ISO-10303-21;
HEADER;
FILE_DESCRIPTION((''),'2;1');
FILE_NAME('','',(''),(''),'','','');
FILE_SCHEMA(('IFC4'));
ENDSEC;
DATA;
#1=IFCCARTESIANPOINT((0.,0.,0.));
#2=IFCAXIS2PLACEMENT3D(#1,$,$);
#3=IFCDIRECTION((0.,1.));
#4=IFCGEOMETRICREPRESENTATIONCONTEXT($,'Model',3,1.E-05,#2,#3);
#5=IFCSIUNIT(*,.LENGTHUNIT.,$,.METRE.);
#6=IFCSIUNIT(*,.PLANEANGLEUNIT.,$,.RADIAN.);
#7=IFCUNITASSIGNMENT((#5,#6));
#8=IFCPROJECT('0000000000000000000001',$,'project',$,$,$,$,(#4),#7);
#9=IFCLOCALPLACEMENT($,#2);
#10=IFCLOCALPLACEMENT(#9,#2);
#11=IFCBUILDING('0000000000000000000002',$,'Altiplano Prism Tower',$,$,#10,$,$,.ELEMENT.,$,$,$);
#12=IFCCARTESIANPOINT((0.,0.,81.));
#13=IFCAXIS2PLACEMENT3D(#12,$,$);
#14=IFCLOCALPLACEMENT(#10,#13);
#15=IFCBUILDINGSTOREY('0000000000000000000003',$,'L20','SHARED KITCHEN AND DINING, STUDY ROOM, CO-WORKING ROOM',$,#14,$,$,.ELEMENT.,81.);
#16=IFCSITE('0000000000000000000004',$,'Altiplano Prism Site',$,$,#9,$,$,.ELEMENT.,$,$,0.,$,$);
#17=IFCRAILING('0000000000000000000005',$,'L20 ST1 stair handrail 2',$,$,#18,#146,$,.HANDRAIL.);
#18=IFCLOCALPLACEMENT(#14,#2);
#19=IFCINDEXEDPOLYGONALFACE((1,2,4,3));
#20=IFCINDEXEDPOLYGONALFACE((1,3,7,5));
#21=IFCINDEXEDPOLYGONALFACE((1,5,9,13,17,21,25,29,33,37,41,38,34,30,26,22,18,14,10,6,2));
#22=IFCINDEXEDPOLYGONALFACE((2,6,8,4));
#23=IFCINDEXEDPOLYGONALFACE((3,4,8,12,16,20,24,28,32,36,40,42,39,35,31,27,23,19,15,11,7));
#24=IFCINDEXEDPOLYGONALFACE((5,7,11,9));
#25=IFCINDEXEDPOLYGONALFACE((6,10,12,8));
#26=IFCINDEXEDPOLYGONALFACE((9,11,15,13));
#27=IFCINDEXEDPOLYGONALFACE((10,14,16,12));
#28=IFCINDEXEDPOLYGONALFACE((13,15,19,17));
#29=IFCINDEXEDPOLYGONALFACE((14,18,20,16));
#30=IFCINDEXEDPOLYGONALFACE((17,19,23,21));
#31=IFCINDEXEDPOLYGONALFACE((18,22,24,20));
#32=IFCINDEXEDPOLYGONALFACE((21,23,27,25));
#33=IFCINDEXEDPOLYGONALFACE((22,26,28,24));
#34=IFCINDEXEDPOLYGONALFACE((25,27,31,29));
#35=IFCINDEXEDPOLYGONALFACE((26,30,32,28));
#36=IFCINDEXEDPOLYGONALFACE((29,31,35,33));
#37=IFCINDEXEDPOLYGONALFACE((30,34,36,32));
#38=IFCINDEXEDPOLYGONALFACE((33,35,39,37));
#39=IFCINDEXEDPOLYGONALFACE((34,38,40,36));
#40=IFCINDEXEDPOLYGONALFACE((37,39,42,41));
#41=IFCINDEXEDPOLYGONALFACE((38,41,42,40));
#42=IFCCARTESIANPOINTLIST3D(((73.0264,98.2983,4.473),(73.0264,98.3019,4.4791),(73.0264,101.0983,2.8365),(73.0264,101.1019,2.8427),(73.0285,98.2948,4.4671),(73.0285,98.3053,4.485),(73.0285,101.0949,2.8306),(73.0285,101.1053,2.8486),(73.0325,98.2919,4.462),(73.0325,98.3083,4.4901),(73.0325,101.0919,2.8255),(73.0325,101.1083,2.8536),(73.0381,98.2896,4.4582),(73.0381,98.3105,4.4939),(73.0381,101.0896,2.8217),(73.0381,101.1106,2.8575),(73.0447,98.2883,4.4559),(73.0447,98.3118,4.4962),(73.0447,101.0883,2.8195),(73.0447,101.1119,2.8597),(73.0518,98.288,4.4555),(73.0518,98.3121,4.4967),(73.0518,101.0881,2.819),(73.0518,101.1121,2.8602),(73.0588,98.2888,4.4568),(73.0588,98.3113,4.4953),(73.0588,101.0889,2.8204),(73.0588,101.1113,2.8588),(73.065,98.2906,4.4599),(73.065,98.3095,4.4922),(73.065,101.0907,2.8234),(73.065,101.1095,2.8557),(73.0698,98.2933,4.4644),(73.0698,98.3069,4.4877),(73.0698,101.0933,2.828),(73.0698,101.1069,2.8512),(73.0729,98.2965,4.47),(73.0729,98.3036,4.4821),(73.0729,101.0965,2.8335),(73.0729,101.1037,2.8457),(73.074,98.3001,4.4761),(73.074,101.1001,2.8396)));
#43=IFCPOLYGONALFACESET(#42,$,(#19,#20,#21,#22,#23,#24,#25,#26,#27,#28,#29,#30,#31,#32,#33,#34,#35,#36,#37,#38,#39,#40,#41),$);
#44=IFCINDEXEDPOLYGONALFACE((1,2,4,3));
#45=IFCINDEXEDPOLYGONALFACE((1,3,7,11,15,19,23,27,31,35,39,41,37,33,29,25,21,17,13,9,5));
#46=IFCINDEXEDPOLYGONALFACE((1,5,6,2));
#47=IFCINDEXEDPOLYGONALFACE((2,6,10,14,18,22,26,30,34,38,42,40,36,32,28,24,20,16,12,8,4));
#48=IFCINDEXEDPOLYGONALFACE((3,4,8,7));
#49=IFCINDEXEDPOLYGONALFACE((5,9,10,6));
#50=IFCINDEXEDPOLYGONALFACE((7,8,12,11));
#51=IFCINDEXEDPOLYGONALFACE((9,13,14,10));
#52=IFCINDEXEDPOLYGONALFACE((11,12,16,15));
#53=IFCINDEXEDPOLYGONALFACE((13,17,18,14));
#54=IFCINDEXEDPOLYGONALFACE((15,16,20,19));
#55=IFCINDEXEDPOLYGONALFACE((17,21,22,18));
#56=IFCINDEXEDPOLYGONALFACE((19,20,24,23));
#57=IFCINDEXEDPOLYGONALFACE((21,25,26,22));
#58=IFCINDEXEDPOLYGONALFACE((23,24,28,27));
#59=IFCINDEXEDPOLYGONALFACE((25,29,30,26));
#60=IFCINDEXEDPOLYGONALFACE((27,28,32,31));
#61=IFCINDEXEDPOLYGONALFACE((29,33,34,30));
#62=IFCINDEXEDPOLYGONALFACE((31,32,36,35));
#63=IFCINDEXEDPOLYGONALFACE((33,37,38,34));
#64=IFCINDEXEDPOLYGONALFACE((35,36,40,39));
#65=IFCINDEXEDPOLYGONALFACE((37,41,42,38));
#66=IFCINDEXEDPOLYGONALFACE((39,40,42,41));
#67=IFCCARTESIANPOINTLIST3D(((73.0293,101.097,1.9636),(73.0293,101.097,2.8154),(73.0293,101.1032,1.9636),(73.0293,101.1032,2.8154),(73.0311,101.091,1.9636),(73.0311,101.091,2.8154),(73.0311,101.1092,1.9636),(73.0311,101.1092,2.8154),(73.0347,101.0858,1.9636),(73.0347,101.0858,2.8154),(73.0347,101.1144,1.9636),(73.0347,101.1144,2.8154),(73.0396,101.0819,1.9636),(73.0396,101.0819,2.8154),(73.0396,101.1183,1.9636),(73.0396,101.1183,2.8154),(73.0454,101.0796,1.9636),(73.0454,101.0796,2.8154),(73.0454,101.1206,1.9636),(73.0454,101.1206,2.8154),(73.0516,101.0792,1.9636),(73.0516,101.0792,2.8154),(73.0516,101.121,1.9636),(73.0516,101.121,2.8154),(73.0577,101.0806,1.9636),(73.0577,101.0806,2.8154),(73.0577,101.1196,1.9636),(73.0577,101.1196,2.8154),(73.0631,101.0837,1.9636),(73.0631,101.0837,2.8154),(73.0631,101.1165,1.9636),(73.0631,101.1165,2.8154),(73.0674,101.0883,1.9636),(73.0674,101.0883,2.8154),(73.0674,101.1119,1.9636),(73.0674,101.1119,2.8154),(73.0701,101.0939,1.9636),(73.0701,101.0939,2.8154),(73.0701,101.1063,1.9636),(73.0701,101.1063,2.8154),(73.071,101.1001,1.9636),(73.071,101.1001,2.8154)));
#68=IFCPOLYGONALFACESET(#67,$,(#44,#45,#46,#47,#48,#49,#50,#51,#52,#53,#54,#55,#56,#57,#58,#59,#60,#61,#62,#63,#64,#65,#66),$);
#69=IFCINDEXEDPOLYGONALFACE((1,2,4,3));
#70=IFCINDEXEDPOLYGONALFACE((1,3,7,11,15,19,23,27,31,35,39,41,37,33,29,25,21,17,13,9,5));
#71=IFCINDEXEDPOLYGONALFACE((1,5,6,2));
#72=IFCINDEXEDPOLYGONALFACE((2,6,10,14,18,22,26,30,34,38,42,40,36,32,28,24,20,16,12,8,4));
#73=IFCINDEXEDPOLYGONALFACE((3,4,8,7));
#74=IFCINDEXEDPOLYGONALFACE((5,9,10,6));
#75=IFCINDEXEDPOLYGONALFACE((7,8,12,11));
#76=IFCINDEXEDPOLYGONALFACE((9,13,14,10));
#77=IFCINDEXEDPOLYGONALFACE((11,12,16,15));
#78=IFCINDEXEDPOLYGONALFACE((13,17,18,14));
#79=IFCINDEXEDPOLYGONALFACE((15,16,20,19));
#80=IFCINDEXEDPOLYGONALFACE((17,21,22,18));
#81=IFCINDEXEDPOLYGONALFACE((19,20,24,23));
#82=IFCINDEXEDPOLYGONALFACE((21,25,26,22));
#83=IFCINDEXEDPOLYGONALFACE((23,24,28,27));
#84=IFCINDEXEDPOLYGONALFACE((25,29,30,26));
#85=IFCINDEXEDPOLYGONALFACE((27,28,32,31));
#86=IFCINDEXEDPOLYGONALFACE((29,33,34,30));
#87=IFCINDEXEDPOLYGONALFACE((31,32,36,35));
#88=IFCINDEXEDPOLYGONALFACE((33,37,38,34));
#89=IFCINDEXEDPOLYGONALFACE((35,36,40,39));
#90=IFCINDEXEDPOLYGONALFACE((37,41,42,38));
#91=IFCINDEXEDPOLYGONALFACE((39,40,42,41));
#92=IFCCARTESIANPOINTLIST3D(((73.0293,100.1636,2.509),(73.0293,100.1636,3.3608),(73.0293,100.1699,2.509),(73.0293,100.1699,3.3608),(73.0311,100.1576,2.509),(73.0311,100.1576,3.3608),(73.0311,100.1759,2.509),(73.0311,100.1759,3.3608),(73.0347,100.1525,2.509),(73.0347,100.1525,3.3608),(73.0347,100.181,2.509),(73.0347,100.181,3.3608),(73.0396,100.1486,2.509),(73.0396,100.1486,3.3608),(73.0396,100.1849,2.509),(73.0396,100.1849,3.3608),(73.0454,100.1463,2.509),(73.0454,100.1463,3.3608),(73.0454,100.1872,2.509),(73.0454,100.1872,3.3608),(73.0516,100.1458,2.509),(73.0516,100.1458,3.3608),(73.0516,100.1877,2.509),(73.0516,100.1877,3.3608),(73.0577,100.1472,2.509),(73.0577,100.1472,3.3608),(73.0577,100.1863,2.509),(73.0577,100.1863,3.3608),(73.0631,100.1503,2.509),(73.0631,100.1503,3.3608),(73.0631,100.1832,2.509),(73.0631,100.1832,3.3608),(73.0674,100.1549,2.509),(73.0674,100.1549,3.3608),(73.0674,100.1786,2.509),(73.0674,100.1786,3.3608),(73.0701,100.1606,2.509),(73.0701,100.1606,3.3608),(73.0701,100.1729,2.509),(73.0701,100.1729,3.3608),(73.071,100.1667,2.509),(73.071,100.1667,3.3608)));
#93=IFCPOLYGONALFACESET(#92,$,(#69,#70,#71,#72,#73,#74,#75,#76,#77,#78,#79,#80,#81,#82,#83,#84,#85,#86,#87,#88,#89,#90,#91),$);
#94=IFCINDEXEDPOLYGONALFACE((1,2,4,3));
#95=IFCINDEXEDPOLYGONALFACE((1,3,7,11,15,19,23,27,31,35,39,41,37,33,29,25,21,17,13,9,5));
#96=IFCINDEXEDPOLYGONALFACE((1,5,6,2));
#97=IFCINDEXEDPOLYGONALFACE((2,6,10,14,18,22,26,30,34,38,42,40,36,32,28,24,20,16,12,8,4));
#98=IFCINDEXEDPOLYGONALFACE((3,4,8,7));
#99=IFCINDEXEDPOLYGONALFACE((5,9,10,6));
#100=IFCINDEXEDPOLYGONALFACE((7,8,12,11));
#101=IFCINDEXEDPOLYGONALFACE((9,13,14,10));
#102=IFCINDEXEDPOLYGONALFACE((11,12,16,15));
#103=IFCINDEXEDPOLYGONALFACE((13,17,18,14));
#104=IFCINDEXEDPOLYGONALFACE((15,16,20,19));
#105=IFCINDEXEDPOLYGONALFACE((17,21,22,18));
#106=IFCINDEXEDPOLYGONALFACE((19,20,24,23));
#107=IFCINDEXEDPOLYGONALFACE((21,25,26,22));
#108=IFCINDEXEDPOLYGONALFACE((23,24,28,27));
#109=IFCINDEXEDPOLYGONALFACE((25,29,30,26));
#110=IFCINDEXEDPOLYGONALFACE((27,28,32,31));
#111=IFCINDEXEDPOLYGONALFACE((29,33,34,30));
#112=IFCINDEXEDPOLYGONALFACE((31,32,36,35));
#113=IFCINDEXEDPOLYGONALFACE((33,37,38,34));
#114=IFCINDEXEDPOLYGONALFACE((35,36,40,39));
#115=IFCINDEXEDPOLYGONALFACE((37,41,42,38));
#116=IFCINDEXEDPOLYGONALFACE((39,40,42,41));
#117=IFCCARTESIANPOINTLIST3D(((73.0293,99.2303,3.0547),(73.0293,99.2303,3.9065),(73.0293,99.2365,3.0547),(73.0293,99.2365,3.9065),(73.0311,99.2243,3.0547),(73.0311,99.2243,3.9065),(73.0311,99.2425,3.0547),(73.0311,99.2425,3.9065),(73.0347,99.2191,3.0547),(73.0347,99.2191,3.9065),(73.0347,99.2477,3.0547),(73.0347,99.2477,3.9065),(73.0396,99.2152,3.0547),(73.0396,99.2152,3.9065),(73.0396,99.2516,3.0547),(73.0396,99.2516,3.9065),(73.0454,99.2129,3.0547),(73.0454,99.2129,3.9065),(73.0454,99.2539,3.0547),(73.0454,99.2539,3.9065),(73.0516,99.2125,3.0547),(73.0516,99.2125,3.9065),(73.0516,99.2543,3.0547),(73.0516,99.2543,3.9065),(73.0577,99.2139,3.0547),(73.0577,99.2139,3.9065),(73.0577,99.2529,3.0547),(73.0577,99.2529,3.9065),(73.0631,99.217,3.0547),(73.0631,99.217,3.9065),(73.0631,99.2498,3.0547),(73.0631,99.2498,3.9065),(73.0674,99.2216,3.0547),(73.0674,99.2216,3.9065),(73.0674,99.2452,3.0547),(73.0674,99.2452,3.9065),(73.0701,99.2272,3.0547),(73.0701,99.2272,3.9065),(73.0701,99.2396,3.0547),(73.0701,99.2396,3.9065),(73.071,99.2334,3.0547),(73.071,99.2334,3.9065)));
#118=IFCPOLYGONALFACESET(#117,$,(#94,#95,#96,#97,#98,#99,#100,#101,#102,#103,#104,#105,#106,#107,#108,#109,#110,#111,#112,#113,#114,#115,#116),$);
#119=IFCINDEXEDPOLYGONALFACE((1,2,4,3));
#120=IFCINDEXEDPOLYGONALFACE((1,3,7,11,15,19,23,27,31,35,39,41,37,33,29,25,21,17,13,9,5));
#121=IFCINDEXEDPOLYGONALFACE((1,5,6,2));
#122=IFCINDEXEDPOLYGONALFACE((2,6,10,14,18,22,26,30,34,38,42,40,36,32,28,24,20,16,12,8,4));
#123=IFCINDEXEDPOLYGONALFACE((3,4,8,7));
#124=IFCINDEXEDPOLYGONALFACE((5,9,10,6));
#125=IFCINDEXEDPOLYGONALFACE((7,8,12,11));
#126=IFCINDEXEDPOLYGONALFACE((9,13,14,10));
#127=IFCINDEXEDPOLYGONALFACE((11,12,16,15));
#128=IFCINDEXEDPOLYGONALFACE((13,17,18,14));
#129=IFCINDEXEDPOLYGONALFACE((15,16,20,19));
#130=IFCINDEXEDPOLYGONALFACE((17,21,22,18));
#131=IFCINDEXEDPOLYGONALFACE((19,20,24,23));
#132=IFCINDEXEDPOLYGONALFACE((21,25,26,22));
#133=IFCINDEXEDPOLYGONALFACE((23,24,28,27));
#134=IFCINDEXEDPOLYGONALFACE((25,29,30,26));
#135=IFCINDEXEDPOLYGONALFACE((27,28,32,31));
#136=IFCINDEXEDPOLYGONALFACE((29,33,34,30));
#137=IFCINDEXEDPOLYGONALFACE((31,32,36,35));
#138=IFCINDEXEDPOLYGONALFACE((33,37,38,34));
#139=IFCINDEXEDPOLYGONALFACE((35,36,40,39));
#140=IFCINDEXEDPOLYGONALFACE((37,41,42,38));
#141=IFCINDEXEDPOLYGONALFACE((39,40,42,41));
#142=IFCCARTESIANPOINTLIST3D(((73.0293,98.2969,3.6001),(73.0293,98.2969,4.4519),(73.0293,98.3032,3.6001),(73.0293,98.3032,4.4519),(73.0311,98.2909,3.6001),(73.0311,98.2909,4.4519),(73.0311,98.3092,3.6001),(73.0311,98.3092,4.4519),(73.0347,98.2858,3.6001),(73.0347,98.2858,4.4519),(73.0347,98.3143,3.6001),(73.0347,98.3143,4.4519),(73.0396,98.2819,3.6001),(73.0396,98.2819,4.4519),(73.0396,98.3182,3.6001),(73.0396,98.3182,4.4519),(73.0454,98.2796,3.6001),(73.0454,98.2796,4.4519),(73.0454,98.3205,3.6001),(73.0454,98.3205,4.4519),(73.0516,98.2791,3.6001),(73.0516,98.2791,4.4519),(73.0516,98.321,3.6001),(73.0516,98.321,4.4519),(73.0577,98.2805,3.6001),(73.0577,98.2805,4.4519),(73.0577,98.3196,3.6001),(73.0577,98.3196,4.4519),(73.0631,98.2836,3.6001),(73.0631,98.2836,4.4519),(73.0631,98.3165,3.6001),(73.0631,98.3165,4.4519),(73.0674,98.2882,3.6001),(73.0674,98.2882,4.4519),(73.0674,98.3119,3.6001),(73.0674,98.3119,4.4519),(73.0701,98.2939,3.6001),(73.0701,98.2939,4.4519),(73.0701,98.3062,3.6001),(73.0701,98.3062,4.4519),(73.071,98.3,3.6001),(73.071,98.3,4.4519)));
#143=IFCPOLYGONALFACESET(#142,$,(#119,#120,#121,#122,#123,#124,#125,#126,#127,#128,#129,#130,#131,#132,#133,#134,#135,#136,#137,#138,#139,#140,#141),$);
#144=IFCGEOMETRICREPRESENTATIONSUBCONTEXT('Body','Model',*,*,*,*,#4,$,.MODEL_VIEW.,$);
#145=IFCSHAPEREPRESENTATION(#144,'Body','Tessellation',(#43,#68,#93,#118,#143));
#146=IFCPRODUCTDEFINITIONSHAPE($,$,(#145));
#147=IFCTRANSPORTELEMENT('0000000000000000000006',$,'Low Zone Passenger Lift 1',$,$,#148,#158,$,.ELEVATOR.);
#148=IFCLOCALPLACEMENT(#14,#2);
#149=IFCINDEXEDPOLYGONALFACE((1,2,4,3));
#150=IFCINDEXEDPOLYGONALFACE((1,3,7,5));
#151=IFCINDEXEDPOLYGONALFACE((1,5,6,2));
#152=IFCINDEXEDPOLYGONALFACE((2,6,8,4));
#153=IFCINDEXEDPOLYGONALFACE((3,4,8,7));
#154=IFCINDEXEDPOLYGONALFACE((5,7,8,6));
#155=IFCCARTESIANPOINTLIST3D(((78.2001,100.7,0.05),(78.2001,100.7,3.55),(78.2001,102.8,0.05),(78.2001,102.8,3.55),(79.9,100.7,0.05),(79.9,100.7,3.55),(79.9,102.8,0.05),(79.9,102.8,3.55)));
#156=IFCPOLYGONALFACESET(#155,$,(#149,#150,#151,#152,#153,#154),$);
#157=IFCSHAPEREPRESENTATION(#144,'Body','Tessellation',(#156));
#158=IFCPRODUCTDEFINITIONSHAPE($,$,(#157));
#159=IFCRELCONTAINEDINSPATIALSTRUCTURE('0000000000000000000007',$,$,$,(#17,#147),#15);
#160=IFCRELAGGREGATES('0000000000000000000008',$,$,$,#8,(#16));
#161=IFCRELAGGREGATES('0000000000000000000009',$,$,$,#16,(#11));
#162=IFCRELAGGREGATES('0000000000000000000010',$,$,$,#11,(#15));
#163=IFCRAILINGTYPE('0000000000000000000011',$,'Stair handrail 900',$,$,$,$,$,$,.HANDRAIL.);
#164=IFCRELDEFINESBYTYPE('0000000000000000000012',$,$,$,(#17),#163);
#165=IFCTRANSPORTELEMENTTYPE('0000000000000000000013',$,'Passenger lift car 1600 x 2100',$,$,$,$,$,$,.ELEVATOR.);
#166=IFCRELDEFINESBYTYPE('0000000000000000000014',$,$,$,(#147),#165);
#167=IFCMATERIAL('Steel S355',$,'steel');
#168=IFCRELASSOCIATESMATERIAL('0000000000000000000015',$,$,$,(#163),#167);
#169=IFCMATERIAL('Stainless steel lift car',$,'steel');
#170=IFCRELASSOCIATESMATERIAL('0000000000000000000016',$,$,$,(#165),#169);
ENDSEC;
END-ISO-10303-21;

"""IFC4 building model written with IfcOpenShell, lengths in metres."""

from ifc_helpers import new_model, si_unit, direction, frame, origin, origin_2d, place, context, subcontext, project, spatial, rectangle, circle, extrude, material, type_object, element, save


model = new_model("IFC4")

# Units and contexts
model_context = context("Model", 3, precision=1e-05, world=origin(), true_north=direction((0.0, 1.0)))
body_context = subcontext(model_context, "Body", "Model", "MODEL_VIEW")
ifc_project = project(units=[si_unit("LENGTHUNIT", "METRE"), si_unit("PLANEANGLEUNIT", "RADIAN")], contexts=[model_context])

# Site, building, storey
site_placement = place(None, origin())
site = spatial("IfcSite", under=ifc_project, at=site_placement, Name="Altiplano Prism Site", CompositionType="ELEMENT", RefElevation=0.0)
building_placement = place(site_placement, origin())
building = spatial("IfcBuilding", under=site, at=building_placement, Name="Altiplano Prism Tower", CompositionType="ELEMENT")
storey_placement = place(building_placement, frame((0.0, 0.0, 81.0)))
storey = spatial("IfcBuildingStorey", under=building, at=storey_placement, Name="L20", Description="SHARED KITCHEN AND DINING, STUDY ROOM, CO-WORKING ROOM", CompositionType="ELEMENT", Elevation=81.0)

# Railing
ifc_material_1 = material(Name="Steel S355", Category="steel")
railing_type_1 = type_object("IfcRailingType", Name="Stair handrail 900", PredefinedType="HANDRAIL", material=ifc_material_1)
railing_1_placement = place(storey_placement, frame((73.05, 101.1001, 1.9636)))
element("IfcRailing", 1, at=railing_1_placement, inside=storey, type_object=railing_type_1, Name="L20 ST1 stair handrail 2", PredefinedType="HANDRAIL", context=body_context, shape_type="SweptSolid", body=[
    extrude(circle(Radius=0.0239, at=origin_2d()), frame((0.0, 0.0, 0.876), z_axis=(0.0, -0.863361, 0.504587), x_axis=(1.0, 0.0, 0.0)), (0.0, 0.0, 1.0), 3.2432),
    extrude(circle(Radius=0.021, at=origin_2d()), origin(), (0.0, 0.0, 1.0), 0.8518),
    extrude(circle(Radius=0.021, at=origin_2d()), frame((0.0, -0.9333, 0.5454)), (0.0, 0.0, 1.0), 0.8518),
    extrude(circle(Radius=0.021, at=origin_2d()), frame((0.0, -1.8667, 1.0911)), (0.0, 0.0, 1.0), 0.8518),
    extrude(circle(Radius=0.021, at=origin_2d()), frame((0.0, -2.8, 1.6365)), (0.0, 0.0, 1.0), 0.8518),
])

# Transport element
ifc_material_2 = material(Name="Stainless steel lift car", Category="steel")
transport_element_type = type_object("IfcTransportElementType", Name="Passenger lift car 1600 x 2100", PredefinedType="ELEVATOR", material=ifc_material_2)
transport_element_placement = place(storey_placement, frame((79.05, 101.75, 0.05), z_axis=(0.0, 0.0, 1.0), x_axis=(1.0, 0.0, 0.0)))
element("IfcTransportElement", 2, at=transport_element_placement, inside=storey, type_object=transport_element_type, Name="Low Zone Passenger Lift 1", PredefinedType="ELEVATOR", context=body_context, shape_type="SweptSolid", body=[
    extrude(rectangle(XDim=1.7, YDim=2.1001, at=origin_2d()), origin(), (0.0, 0.0, 1.0), 3.5),
])

save(model, "model.ifc")
